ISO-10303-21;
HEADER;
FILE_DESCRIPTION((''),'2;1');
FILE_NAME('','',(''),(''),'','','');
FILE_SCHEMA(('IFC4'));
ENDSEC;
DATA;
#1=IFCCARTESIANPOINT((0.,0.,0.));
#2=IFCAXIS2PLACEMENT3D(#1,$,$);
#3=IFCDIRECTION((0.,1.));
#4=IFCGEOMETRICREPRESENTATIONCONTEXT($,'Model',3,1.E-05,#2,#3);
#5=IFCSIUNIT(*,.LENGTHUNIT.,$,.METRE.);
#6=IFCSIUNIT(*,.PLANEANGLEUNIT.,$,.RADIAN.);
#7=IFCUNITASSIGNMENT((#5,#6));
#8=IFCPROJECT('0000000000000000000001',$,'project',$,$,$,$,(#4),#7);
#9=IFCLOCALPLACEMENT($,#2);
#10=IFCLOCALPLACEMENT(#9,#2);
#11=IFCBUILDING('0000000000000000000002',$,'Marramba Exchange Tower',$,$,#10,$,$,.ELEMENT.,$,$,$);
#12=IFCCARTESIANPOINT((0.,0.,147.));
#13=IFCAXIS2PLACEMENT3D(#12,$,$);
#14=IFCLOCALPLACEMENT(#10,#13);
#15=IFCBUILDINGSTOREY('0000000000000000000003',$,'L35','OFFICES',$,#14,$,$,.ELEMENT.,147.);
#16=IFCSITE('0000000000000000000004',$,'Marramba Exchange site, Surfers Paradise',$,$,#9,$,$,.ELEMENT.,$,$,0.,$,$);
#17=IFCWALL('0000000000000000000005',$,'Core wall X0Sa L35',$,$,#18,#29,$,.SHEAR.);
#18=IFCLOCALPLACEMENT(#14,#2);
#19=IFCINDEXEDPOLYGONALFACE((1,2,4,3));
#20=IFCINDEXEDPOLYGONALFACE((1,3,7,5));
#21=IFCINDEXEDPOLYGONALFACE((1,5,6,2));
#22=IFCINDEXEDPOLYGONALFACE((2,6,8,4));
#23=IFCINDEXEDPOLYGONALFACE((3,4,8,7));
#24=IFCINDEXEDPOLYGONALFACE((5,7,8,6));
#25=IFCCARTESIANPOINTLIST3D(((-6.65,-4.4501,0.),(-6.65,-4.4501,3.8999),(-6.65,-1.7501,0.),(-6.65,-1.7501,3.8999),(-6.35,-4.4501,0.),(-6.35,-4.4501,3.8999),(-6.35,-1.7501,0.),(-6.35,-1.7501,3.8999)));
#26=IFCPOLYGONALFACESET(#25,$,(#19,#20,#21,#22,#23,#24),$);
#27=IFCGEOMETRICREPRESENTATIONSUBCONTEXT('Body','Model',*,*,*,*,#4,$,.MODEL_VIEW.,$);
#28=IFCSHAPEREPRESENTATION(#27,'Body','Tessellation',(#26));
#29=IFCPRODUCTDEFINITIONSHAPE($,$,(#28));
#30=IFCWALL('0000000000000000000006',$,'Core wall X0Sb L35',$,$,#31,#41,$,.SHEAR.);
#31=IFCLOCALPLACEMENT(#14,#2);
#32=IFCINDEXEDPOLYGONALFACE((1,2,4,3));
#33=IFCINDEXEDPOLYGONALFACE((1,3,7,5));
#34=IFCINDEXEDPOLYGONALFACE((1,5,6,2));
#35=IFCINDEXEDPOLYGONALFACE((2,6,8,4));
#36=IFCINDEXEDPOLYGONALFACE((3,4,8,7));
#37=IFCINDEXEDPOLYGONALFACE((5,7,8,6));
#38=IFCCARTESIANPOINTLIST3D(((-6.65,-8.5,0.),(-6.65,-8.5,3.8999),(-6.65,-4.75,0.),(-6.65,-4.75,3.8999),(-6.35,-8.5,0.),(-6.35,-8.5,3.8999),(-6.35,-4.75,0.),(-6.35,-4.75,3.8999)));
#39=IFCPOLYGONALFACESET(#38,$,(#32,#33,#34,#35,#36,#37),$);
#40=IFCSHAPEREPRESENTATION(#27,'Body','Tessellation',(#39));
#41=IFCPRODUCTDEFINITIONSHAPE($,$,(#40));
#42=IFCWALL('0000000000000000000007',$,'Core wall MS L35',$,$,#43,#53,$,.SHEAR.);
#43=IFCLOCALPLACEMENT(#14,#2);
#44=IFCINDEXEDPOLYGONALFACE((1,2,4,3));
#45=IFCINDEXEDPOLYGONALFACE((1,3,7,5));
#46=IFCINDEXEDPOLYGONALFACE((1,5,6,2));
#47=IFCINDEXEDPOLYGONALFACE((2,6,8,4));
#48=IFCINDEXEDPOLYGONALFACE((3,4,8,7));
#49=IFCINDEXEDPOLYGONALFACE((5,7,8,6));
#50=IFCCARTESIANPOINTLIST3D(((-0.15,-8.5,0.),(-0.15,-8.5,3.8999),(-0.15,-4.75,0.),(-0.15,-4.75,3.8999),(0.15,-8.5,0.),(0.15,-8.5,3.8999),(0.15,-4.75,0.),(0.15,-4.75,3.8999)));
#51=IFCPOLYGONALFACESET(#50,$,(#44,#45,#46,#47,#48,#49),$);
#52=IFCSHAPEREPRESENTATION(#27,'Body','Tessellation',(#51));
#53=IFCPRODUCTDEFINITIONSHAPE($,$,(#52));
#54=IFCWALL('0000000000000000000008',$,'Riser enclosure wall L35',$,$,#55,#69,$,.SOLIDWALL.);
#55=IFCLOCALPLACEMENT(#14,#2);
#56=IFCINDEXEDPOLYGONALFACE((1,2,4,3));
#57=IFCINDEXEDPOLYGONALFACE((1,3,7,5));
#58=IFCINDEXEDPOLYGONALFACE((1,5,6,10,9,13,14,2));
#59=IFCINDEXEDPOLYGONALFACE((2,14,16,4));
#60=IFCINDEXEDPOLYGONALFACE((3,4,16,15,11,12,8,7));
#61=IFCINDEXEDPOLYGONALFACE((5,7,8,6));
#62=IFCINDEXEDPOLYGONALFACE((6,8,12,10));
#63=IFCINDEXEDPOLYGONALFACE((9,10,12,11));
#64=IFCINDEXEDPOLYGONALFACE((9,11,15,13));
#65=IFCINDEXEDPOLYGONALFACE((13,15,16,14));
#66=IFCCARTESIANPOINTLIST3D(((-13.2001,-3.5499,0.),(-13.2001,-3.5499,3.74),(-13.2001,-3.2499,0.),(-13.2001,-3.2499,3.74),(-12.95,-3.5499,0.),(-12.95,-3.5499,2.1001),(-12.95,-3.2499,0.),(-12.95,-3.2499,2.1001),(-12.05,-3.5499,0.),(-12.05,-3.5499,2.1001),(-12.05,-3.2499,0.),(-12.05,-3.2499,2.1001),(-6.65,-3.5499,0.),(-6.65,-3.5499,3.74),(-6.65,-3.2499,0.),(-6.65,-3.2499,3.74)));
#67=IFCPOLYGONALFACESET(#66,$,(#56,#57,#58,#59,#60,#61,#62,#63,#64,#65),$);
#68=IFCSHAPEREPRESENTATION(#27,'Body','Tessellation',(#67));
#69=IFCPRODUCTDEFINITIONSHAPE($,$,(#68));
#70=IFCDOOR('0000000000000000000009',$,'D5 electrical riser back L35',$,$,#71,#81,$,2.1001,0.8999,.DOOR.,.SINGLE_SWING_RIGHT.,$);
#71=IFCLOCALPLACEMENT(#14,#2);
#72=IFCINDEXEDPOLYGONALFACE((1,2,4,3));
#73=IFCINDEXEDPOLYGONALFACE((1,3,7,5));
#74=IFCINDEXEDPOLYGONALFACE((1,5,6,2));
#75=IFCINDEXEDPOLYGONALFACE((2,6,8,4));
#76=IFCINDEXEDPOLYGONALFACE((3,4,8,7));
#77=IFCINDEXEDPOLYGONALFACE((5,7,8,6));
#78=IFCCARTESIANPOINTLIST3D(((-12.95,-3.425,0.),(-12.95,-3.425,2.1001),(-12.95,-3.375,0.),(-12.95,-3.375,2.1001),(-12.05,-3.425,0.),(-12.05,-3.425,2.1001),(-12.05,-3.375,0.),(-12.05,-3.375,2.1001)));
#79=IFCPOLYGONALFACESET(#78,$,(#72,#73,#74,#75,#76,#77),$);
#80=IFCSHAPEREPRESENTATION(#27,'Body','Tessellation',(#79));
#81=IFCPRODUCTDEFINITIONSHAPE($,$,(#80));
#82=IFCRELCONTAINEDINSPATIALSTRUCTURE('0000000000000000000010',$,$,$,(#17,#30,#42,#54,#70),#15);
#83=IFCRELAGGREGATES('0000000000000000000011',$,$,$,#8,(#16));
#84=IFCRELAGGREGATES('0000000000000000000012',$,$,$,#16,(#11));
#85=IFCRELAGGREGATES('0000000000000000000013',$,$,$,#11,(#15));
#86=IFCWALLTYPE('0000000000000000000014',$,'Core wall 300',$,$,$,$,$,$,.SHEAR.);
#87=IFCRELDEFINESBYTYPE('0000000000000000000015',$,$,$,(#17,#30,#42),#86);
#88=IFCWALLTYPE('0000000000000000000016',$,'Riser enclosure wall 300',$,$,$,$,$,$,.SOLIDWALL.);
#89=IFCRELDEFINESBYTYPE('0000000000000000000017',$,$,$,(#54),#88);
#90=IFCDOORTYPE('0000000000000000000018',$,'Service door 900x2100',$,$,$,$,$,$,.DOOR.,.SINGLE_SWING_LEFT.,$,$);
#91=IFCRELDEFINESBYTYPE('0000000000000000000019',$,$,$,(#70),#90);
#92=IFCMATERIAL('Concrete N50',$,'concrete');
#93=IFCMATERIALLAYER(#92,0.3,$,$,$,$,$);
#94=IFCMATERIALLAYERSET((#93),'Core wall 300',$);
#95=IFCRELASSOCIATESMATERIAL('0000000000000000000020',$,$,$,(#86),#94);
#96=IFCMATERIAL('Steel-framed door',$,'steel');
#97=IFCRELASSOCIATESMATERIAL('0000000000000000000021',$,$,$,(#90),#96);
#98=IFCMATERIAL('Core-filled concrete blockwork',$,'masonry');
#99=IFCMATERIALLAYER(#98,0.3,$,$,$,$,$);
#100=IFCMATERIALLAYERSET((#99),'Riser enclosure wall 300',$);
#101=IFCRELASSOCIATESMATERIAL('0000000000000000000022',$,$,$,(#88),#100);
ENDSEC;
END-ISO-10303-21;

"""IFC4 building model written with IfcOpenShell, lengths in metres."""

from ifc_helpers import new_model, si_unit, direction, frame, frame_2d, origin, place, context, subcontext, project, spatial, rectangle, extrude, material, layer, layer_set, type_object, element, fill, save


model = new_model("IFC4")

# Units and contexts
model_context = context("Model", 3, precision=1e-05, world=origin(), true_north=direction((0.0, 1.0)))
body_context = subcontext(model_context, "Body", "Model", "MODEL_VIEW")
ifc_project = project(units=[si_unit("LENGTHUNIT", "METRE"), si_unit("PLANEANGLEUNIT", "RADIAN")], contexts=[model_context])

# Site, building, storey
site_placement = place(None, origin())
site = spatial("IfcSite", under=ifc_project, at=site_placement, Name="Marramba Exchange site, Surfers Paradise", CompositionType="ELEMENT", RefElevation=0.0)
building_placement = place(site_placement, origin())
building = spatial("IfcBuilding", under=site, at=building_placement, Name="Marramba Exchange Tower", CompositionType="ELEMENT")
storey_placement = place(building_placement, frame((0.0, 0.0, 147.0)))
storey = spatial("IfcBuildingStorey", under=building, at=storey_placement, Name="L35", Description="OFFICES", CompositionType="ELEMENT", Elevation=147.0)

# Shared definitions
ifc_material_1 = material(Name="Concrete N50", Category="concrete")

# Shared definitions
ifc_layer_1 = layer(ifc_material_1, 0.3)
ifc_layer_set_1 = layer_set([ifc_layer_1], Name="Core wall 300")
wall_type_1 = type_object("IfcWallType", Name="Core wall 300", PredefinedType="SHEAR", material=ifc_layer_set_1)
ifc_material_2 = material(Name="Steel-framed door", Category="steel")
door_type_1 = type_object("IfcDoorType", Name="Service door 900x2100", OperationType="SINGLE_SWING_LEFT", PredefinedType="DOOR", material=ifc_material_2)

# Walls
wall_1_placement = place(storey_placement, frame((-6.5, -1.75, 0.0), z_axis=(0.0, 0.0, 1.0), x_axis=(0.0, -1.0, 0.0)))
element("IfcWall", 1, at=wall_1_placement, inside=storey, type_object=wall_type_1, Name="Core wall X0Sa L35", PredefinedType="SHEAR", context=body_context, shape_type="SweptSolid", body=[
    extrude(rectangle(XDim=2.7, YDim=0.3, at=frame_2d((1.3501, 0.0))), origin(), (0.0, 0.0, 1.0), 3.8999),
])
for number, where, z_axis, x_axis, name in (
    (2, (-6.5, -4.75, 0.0), (0.0, 0.0, 1.0), (0.0, -1.0, 0.0), "Core wall X0Sb L35"),
    (3, (0.0, -4.75, 0.0), (0.0, 0.0, 1.0), (0.0, -1.0, 0.0), "Core wall MS L35"),
):
    element("IfcWall", number, at=place(storey_placement, frame(where, z_axis=z_axis, x_axis=x_axis)), inside=storey, type_object=wall_type_1, Name=name, PredefinedType="SHEAR", context=body_context, shape_type="SweptSolid", body=[
        extrude(rectangle(XDim=3.75, YDim=0.3, at=frame_2d((1.875, 0.0))), origin(), (0.0, 0.0, 1.0), 3.8999),
    ])

# Wall, opening, door
ifc_material_3 = material(Name="Core-filled concrete blockwork", Category="masonry")
ifc_layer_2 = layer(ifc_material_3, 0.3)
ifc_layer_set_2 = layer_set([ifc_layer_2], Name="Riser enclosure wall 300")
wall_type_2 = type_object("IfcWallType", Name="Riser enclosure wall 300", PredefinedType="SOLIDWALL", material=ifc_layer_set_2)
wall_2_placement = place(storey_placement, frame((-13.2, -3.3999, 0.0), z_axis=(0.0, 0.0, 1.0), x_axis=(1.0, 0.0, 0.0)))
wall_2 = element("IfcWall", 4, at=wall_2_placement, inside=storey, type_object=wall_type_2, Name="Riser enclosure wall L35", PredefinedType="SOLIDWALL", context=body_context, shape_type="SweptSolid", body=[
    extrude(rectangle(XDim=6.55, YDim=0.3, at=frame_2d((3.2749, 0.0))), origin(), (0.0, 0.0, 1.0), 3.74),
])
opening_1_placement = place(wall_2_placement, frame((0.25, 0.0, 0.0)))
opening_1 = element("IfcOpeningElement", 5, at=opening_1_placement, cuts=wall_2, PredefinedType="OPENING", context=body_context, shape_type="SweptSolid", body=[
    extrude(rectangle(XDim=0.8999, YDim=2.1001, at=frame_2d((0.45, 1.05))), frame((0.0, 0.1599, 0.0), z_axis=(0.0, -1.0, 0.0), x_axis=(1.0, 0.0, 0.0)), (0.0, 0.0, 1.0), 0.3201),
])
door_1_placement = place(opening_1_placement, frame((0.8999, 0.0, 0.0), z_axis=(0.0, 0.0, 1.0), x_axis=(-1.0, 0.0, 0.0)))
door_1 = element("IfcDoor", 6, at=door_1_placement, inside=storey, type_object=door_type_1, Name="D5 electrical riser back L35", OperationType="SINGLE_SWING_RIGHT", OverallHeight=2.1001, OverallWidth=0.8999, PredefinedType="DOOR", context=body_context, shape_type="SweptSolid", body=[
    extrude(rectangle(XDim=0.8999, YDim=2.1001, at=frame_2d((0.45, 1.05))), frame((0.0, 0.0251, 0.0), z_axis=(0.0, -1.0, 0.0), x_axis=(1.0, 0.0, 0.0)), (0.0, 0.0, 1.0), 0.05),
])
fill(opening_1, door_1)

save(model, "model.ifc")
